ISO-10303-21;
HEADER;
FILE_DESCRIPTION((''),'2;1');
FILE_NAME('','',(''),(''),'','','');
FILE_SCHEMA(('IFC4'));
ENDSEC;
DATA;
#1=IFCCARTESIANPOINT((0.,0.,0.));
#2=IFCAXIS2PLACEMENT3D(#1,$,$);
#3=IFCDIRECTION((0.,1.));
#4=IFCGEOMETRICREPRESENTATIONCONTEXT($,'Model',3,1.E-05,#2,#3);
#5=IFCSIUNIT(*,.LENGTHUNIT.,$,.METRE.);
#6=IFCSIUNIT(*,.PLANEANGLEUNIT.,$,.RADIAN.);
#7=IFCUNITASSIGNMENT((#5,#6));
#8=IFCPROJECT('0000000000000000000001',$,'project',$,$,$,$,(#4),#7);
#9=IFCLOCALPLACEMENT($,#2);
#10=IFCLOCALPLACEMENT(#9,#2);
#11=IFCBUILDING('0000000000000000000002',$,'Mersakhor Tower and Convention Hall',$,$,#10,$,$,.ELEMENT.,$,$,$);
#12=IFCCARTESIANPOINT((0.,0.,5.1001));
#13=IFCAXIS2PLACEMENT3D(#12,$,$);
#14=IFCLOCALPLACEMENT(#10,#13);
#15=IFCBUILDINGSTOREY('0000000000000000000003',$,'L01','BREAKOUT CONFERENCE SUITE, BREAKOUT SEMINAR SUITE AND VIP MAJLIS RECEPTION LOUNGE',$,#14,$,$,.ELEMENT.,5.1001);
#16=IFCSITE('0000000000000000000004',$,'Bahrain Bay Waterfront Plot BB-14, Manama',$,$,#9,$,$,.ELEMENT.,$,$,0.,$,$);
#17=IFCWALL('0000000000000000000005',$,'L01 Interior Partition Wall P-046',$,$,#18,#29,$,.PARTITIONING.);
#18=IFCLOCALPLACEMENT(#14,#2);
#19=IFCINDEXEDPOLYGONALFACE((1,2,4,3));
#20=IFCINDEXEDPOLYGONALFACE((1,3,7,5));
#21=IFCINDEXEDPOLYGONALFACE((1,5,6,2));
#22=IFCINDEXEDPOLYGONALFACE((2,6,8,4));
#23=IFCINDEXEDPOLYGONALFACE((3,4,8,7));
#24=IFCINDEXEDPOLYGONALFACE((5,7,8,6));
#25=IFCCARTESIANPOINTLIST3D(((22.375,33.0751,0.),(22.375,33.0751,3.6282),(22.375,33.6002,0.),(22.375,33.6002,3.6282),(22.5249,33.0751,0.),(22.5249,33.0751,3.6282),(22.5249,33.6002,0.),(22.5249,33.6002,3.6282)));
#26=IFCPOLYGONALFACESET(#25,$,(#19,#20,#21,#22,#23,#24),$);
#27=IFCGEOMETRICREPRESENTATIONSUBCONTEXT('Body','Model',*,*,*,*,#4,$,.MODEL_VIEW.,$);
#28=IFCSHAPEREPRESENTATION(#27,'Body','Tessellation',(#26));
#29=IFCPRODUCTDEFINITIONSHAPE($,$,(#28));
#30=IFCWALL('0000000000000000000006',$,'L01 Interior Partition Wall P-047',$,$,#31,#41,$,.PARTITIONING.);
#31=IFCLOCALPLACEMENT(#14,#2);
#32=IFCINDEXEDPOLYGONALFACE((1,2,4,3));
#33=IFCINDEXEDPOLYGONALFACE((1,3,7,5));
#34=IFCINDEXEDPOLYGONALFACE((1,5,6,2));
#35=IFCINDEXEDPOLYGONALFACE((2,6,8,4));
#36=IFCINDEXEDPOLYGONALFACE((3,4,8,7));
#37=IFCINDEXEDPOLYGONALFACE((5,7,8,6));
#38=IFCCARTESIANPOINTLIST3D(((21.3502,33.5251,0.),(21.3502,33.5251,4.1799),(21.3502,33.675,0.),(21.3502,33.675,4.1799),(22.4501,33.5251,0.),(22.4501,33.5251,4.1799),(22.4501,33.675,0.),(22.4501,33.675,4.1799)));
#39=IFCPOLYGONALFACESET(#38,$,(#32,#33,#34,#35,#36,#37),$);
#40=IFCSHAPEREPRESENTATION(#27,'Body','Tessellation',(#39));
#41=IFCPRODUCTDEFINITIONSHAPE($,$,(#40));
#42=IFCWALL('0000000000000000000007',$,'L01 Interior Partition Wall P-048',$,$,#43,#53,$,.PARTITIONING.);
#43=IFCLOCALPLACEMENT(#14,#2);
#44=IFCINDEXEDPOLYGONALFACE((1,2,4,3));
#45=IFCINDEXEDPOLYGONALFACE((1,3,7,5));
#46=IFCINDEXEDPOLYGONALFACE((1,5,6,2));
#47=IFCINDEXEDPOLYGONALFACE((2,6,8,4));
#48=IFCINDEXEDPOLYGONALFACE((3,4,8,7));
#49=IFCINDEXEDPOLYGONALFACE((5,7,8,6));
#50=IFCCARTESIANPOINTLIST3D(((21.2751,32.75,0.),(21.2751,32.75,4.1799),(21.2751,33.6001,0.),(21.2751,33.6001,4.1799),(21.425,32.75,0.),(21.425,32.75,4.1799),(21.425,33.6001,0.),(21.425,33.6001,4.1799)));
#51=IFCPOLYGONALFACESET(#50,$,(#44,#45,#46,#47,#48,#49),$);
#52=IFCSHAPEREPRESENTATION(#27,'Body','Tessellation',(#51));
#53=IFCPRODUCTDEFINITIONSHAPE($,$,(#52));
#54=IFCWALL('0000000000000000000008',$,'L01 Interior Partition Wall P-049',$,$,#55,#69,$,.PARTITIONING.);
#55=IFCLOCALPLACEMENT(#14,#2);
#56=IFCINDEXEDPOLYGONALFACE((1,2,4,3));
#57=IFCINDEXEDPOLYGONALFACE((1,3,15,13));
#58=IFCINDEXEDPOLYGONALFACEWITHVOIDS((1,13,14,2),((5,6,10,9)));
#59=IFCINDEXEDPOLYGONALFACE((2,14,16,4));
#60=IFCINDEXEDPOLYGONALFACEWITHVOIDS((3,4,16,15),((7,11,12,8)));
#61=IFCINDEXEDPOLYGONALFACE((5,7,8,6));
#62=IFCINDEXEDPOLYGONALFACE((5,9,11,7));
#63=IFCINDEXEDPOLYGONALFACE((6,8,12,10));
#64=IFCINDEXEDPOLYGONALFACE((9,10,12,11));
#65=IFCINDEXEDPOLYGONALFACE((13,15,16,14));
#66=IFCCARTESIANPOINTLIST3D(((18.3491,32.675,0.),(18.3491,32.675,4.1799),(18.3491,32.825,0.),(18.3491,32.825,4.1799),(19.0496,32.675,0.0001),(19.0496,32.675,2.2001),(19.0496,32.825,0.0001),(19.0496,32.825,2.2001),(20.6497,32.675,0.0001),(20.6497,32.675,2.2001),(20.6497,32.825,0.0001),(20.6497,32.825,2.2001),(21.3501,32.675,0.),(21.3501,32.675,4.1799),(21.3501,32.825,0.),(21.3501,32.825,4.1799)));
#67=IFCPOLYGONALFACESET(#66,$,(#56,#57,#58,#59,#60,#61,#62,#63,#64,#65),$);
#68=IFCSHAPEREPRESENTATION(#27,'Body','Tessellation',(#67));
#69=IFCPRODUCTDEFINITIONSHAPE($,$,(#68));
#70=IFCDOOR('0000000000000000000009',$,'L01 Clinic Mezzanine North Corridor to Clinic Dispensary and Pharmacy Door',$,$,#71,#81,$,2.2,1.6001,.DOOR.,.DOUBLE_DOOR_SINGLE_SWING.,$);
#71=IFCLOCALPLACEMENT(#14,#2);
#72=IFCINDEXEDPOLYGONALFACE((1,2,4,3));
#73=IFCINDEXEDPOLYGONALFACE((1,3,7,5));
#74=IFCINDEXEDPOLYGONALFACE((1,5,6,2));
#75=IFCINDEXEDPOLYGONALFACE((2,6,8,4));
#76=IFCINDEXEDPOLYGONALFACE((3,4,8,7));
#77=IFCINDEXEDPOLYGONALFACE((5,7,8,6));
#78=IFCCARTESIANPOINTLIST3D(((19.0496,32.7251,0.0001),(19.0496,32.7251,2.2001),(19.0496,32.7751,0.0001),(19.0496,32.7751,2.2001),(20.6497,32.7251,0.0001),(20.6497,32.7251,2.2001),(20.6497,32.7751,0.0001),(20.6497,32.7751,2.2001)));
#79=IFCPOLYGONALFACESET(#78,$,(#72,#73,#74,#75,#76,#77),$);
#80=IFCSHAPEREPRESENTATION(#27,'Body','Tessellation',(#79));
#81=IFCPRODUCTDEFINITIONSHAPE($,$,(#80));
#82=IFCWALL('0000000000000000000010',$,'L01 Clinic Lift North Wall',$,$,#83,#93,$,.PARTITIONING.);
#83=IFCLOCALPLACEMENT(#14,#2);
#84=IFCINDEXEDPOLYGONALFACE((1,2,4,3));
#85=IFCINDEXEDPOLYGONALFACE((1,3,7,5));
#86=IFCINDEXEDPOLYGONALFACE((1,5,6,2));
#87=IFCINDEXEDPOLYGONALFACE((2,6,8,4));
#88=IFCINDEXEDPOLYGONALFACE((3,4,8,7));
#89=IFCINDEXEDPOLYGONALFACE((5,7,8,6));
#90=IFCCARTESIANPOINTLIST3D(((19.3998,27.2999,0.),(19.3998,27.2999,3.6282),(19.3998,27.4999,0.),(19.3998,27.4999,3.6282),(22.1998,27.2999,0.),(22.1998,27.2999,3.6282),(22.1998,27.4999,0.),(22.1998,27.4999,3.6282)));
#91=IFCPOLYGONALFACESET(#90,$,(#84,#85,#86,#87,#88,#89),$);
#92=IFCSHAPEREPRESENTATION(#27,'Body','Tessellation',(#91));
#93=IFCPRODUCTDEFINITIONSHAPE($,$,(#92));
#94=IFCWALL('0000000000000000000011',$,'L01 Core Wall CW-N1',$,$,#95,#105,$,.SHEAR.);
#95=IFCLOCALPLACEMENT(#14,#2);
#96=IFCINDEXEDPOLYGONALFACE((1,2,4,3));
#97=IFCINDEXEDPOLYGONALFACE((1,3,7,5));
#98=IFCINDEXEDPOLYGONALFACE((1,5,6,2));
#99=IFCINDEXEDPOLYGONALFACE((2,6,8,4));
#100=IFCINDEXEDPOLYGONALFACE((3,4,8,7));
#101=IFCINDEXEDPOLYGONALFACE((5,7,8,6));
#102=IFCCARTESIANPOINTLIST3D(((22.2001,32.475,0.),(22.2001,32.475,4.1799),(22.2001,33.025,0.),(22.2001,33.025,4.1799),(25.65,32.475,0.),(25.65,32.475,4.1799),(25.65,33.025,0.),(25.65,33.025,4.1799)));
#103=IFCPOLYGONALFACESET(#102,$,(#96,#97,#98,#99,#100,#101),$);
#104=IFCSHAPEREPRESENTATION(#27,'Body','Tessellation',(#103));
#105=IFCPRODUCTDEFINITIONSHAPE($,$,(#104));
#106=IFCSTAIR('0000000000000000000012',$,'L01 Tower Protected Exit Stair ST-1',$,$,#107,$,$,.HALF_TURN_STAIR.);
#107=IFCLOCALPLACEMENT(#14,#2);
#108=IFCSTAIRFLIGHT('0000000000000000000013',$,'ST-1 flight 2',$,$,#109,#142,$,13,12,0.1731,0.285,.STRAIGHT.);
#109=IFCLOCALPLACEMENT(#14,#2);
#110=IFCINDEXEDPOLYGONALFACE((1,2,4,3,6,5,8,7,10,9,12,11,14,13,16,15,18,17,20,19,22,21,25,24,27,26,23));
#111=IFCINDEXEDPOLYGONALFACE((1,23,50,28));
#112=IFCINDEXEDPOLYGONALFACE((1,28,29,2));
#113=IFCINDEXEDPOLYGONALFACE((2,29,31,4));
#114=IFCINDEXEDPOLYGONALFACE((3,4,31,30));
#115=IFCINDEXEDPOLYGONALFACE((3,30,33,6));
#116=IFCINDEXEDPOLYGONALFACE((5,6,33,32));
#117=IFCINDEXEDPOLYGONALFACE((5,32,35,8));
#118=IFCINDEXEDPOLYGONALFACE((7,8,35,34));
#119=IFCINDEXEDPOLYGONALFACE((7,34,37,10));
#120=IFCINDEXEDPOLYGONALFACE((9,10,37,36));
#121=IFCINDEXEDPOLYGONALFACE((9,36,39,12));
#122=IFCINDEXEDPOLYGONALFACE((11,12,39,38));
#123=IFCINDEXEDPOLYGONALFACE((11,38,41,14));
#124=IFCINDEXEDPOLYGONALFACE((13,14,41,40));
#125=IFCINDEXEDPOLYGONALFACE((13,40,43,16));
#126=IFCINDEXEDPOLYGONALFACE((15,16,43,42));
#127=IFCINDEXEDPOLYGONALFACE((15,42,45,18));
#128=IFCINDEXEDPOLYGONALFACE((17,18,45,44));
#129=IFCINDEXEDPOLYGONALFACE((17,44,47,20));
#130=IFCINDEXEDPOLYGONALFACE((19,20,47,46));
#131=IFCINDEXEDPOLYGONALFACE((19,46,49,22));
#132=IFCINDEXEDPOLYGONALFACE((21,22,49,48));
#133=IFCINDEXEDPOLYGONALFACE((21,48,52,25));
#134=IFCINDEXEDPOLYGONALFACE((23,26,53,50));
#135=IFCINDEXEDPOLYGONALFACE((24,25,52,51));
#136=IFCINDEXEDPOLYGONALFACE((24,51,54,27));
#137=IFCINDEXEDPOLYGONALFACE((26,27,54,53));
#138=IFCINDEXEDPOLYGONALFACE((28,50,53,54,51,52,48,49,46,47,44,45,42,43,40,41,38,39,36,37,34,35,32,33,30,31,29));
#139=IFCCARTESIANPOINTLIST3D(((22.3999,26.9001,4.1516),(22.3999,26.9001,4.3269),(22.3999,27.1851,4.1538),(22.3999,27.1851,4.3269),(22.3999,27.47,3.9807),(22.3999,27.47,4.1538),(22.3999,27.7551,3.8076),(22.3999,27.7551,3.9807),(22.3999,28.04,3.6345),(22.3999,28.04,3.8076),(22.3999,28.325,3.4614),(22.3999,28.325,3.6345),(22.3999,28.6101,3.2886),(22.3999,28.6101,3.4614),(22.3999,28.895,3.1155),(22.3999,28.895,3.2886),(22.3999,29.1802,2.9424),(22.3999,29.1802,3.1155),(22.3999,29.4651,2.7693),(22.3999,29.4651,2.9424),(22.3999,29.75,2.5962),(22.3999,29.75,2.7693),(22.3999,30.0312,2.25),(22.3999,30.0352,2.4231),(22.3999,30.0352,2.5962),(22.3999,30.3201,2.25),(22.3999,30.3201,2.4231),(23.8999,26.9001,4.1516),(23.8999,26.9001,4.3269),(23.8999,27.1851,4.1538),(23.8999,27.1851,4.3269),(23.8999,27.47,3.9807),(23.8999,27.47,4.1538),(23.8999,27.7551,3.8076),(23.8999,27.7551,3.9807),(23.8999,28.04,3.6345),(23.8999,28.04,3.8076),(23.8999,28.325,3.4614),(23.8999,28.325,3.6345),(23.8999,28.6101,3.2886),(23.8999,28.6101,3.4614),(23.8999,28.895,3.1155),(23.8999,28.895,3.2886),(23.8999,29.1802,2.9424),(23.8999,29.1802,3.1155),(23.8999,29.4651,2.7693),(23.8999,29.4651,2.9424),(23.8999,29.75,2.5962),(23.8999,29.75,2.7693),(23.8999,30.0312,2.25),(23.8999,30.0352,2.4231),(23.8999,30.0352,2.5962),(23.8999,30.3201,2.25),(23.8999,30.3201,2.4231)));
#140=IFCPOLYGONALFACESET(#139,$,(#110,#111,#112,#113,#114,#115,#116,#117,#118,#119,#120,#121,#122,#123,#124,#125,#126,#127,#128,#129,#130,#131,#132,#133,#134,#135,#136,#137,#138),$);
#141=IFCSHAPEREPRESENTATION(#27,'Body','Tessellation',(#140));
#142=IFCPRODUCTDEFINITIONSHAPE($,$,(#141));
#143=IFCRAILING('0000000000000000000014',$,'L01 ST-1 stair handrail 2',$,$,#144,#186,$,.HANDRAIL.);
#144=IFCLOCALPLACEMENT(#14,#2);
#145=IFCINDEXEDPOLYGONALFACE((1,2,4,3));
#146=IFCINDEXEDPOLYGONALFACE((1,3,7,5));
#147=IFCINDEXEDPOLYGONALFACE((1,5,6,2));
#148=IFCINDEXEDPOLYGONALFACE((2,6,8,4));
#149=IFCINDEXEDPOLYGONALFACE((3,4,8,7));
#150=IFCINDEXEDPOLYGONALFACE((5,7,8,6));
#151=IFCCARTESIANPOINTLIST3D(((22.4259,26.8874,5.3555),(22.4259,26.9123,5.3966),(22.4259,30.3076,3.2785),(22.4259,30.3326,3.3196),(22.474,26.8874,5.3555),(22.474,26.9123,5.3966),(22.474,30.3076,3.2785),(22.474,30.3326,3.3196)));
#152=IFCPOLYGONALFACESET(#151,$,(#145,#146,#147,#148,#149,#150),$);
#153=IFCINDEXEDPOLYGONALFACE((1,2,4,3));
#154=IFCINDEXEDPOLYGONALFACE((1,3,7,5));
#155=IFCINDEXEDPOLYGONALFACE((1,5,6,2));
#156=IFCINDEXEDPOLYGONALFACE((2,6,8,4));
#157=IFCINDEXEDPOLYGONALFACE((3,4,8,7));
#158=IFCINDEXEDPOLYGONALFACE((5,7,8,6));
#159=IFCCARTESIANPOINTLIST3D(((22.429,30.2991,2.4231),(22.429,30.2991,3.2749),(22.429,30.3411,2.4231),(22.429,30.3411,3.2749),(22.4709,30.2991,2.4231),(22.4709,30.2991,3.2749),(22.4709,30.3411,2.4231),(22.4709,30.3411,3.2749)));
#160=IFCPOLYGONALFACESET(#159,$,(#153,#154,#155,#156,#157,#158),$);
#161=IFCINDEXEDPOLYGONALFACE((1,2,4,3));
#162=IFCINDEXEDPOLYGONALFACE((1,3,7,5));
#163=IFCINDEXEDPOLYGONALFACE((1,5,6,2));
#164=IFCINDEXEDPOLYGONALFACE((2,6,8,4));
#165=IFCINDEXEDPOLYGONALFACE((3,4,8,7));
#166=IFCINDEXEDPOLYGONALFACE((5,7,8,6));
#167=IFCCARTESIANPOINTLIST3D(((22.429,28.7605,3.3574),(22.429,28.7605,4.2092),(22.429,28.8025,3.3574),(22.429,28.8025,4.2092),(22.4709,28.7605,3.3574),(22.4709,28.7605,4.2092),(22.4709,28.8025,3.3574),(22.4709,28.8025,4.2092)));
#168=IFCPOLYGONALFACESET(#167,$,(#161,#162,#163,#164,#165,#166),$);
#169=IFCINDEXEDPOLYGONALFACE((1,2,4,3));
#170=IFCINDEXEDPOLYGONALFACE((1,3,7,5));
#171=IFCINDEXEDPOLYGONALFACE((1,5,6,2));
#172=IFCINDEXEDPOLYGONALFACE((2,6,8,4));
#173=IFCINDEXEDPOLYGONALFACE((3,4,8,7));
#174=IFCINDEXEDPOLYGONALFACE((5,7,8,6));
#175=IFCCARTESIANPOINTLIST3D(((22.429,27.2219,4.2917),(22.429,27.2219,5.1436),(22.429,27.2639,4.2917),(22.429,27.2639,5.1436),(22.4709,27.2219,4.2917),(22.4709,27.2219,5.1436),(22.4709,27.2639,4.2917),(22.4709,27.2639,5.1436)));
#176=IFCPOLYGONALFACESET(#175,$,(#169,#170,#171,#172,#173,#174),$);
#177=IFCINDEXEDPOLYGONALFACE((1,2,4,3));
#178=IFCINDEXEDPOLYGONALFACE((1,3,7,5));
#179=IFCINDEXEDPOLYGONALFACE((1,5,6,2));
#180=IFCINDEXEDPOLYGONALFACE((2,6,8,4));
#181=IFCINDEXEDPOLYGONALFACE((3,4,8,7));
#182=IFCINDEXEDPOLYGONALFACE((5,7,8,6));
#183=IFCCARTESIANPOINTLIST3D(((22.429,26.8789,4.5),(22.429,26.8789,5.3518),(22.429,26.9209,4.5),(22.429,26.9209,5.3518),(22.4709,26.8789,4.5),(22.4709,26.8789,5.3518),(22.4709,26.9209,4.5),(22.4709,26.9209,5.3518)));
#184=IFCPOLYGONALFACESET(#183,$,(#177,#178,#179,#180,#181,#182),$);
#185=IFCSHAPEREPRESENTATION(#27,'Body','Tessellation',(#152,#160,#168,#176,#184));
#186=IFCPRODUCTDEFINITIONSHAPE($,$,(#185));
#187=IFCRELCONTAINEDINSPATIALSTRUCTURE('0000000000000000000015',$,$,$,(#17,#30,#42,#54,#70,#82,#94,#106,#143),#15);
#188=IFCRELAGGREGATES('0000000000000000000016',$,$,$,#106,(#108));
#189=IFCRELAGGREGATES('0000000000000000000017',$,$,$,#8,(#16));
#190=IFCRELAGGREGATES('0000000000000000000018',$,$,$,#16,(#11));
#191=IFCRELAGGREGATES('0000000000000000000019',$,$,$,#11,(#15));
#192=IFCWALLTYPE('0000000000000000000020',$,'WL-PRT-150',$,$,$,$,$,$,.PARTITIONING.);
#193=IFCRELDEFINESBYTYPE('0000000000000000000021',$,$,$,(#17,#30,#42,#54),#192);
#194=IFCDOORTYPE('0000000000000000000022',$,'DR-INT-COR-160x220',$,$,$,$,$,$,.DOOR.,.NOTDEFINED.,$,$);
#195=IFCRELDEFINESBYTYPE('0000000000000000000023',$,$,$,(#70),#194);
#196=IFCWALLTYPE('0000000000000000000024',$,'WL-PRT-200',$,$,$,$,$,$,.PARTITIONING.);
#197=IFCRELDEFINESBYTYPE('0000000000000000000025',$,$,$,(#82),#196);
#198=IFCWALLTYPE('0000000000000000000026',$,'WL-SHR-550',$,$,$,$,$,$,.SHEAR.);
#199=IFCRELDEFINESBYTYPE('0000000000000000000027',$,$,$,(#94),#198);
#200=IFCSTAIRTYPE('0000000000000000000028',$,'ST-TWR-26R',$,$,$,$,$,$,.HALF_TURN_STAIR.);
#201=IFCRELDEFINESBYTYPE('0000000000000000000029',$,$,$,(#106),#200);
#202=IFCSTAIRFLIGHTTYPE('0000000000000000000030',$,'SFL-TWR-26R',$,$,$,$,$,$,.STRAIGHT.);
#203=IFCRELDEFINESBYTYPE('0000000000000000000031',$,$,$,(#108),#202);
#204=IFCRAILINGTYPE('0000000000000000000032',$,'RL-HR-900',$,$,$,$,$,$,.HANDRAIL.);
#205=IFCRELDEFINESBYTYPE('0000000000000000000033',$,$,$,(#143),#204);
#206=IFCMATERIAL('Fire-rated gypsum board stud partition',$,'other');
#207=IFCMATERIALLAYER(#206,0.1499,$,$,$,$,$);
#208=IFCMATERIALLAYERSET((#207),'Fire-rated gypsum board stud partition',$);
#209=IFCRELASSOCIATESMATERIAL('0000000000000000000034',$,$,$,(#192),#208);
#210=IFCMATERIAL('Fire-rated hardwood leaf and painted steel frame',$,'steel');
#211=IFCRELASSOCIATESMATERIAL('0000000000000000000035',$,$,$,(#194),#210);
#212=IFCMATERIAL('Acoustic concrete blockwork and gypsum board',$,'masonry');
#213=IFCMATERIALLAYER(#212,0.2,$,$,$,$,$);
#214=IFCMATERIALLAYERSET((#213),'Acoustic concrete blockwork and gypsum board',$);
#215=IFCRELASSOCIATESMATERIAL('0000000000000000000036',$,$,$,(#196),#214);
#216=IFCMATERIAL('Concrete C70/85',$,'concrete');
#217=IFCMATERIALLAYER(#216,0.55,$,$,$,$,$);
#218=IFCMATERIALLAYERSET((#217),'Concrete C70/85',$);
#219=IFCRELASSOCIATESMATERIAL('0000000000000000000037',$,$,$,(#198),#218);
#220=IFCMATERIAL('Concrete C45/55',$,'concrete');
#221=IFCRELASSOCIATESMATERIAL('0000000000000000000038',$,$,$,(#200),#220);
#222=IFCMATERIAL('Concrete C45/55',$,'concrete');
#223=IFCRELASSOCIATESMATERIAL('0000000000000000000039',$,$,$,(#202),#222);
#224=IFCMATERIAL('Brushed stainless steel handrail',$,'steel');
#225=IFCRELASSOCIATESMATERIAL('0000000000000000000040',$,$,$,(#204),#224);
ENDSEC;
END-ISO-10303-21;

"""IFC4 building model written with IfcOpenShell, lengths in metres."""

from ifc_helpers import new_model, si_unit, direction, frame, frame_2d, origin, origin_2d, place, context, subcontext, project, spatial, polyline, rectangle, outline, extrude, material, layer, layer_set, type_object, element, fill, aggregate, save


model = new_model("IFC4")

# Units and contexts
model_context = context("Model", 3, precision=1e-05, world=origin(), true_north=direction((0.0, 1.0)))
body_context = subcontext(model_context, "Body", "Model", "MODEL_VIEW")
ifc_project = project(units=[si_unit("LENGTHUNIT", "METRE"), si_unit("PLANEANGLEUNIT", "RADIAN")], contexts=[model_context])

# Site, building, storey
site_placement = place(None, origin())
site = spatial("IfcSite", under=ifc_project, at=site_placement, Name="Bahrain Bay Waterfront Plot BB-14, Manama", CompositionType="ELEMENT", RefElevation=0.0)
building_placement = place(site_placement, origin())
building = spatial("IfcBuilding", under=site, at=building_placement, Name="Mersakhor Tower and Convention Hall", CompositionType="ELEMENT")
storey_placement = place(building_placement, frame((0.0, 0.0, 5.1001)))
storey = spatial("IfcBuildingStorey", under=building, at=storey_placement, Name="L01", Description="BREAKOUT CONFERENCE SUITE, BREAKOUT SEMINAR SUITE AND VIP MAJLIS RECEPTION LOUNGE", CompositionType="ELEMENT", Elevation=5.1001)

# Walls
ifc_material_1 = material(Name="Fire-rated gypsum board stud partition", Category="other")
ifc_layer_1 = layer(ifc_material_1, 0.1499)
ifc_layer_set_1 = layer_set([ifc_layer_1], Name="Fire-rated gypsum board stud partition")
wall_type_1 = type_object("IfcWallType", Name="WL-PRT-150", PredefinedType="PARTITIONING", material=ifc_layer_set_1)
wall_1_placement = place(storey_placement, frame((22.45, 33.075, 0.0), z_axis=(0.0, 0.0, 1.0), x_axis=(0.0, 1.0, 0.0)))
element("IfcWall", 1, at=wall_1_placement, inside=storey, type_object=wall_type_1, Name="L01 Interior Partition Wall P-046", PredefinedType="PARTITIONING", context=body_context, shape_type="SweptSolid", body=[
    extrude(rectangle(XDim=0.5251, YDim=0.1499, at=frame_2d((0.2627, 0.0))), origin(), (0.0, 0.0, 1.0), 3.6282),
])
wall_2_placement = place(storey_placement, frame((22.45, 33.6001, 0.0), z_axis=(0.0, 0.0, 1.0), x_axis=(-1.0, 0.0, 0.0)))
element("IfcWall", 2, at=wall_2_placement, inside=storey, type_object=wall_type_1, Name="L01 Interior Partition Wall P-047", PredefinedType="PARTITIONING", context=body_context, shape_type="SweptSolid", body=[
    extrude(rectangle(XDim=1.0999, YDim=0.1499, at=frame_2d((0.5498, 0.0))), origin(), (0.0, 0.0, 1.0), 4.1799),
])
wall_3_placement = place(storey_placement, frame((21.3501, 33.6001, 0.0), z_axis=(0.0, 0.0, 1.0), x_axis=(0.0, -1.0, 0.0)))
element("IfcWall", 3, at=wall_3_placement, inside=storey, type_object=wall_type_1, Name="L01 Interior Partition Wall P-048", PredefinedType="PARTITIONING", context=body_context, shape_type="SweptSolid", body=[
    extrude(rectangle(XDim=0.8501, YDim=0.1499, at=frame_2d((0.425, 0.0))), origin(), (0.0, 0.0, 1.0), 4.1799),
])

# Wall, opening, door
wall_4_placement = place(storey_placement, frame((21.3501, 32.75, 0.0), z_axis=(0.0, 0.0, 1.0), x_axis=(-1.0, 0.0, 0.0)))
wall_4 = element("IfcWall", 4, at=wall_4_placement, inside=storey, type_object=wall_type_1, Name="L01 Interior Partition Wall P-049", PredefinedType="PARTITIONING", context=body_context, shape_type="SweptSolid", body=[
    extrude(rectangle(XDim=3.001, YDim=0.1499, at=frame_2d((1.5005, 0.0))), origin(), (0.0, 0.0, 1.0), 4.1799),
])
opening_placement = place(wall_4_placement, frame((0.7004, 0.0, 0.0)))
opening = element("IfcOpeningElement", 5, at=opening_placement, cuts=wall_4, PredefinedType="OPENING", context=body_context, shape_type="SweptSolid", body=[
    extrude(rectangle(XDim=1.6001, YDim=2.2, at=frame_2d((0.8, 1.1001))), frame((0.0, 0.085, 0.0), z_axis=(0.0, -1.0, 0.0), x_axis=(1.0, 0.0, 0.0)), (0.0, 0.0, 1.0), 0.1699),
])
ifc_material_2 = material(Name="Fire-rated hardwood leaf and painted steel frame", Category="steel")
door_type = type_object("IfcDoorType", Name="DR-INT-COR-160x220", OperationType="NOTDEFINED", PredefinedType="DOOR", material=ifc_material_2)
door_placement = place(opening_placement, origin())
door = element("IfcDoor", 6, at=door_placement, inside=storey, type_object=door_type, Name="L01 Clinic Mezzanine North Corridor to Clinic Dispensary and Pharmacy Door", OperationType="DOUBLE_DOOR_SINGLE_SWING", OverallHeight=2.2, OverallWidth=1.6001, PredefinedType="DOOR", context=body_context, shape_type="SweptSolid", body=[
    extrude(rectangle(XDim=1.6001, YDim=2.2, at=frame_2d((0.8, 1.1001))), frame((0.0, 0.0249, 0.0), z_axis=(0.0, -1.0, 0.0), x_axis=(1.0, 0.0, 0.0)), (0.0, 0.0, 1.0), 0.05),
])
fill(opening, door)

# Walls
ifc_material_3 = material(Name="Acoustic concrete blockwork and gypsum board", Category="masonry")
ifc_layer_2 = layer(ifc_material_3, 0.2)
ifc_layer_set_2 = layer_set([ifc_layer_2], Name="Acoustic concrete blockwork and gypsum board")
wall_type_2 = type_object("IfcWallType", Name="WL-PRT-200", PredefinedType="PARTITIONING", material=ifc_layer_set_2)
wall_5_placement = place(storey_placement, frame((19.3999, 27.3999, 0.0), z_axis=(0.0, 0.0, 1.0), x_axis=(1.0, 0.0, 0.0)))
element("IfcWall", 7, at=wall_5_placement, inside=storey, type_object=wall_type_2, Name="L01 Clinic Lift North Wall", PredefinedType="PARTITIONING", context=body_context, shape_type="SweptSolid", body=[
    extrude(rectangle(XDim=2.8, YDim=0.2, at=frame_2d((1.3999, 0.0))), origin(), (0.0, 0.0, 1.0), 3.6282),
])
ifc_material_4 = material(Name="Concrete C70/85", Category="concrete")
ifc_layer_3 = layer(ifc_material_4, 0.55)
ifc_layer_set_3 = layer_set([ifc_layer_3], Name="Concrete C70/85")
wall_type_3 = type_object("IfcWallType", Name="WL-SHR-550", PredefinedType="SHEAR", material=ifc_layer_set_3)
wall_6_placement = place(storey_placement, frame((22.2, 32.75, 0.0), z_axis=(0.0, 0.0, 1.0), x_axis=(1.0, 0.0, 0.0)))
element("IfcWall", 8, at=wall_6_placement, inside=storey, type_object=wall_type_3, Name="L01 Core Wall CW-N1", PredefinedType="SHEAR", context=body_context, shape_type="SweptSolid", body=[
    extrude(rectangle(XDim=3.45, YDim=0.55, at=frame_2d((1.7251, 0.0))), origin(), (0.0, 0.0, 1.0), 4.1799),
])

# Stair, stair flight
ifc_material_5 = material(Name="Concrete C45/55", Category="concrete")
stair_type = type_object("IfcStairType", Name="ST-TWR-26R", PredefinedType="HALF_TURN_STAIR", material=ifc_material_5)
stair_placement = place(storey_placement, origin())
stair = element("IfcStair", 9, at=stair_placement, inside=storey, type_object=stair_type, Name="L01 Tower Protected Exit Stair ST-1", PredefinedType="HALF_TURN_STAIR")
ifc_material_6 = material(Name="Concrete C45/55", Category="concrete")
stair_flight_type = type_object("IfcStairFlightType", Name="SFL-TWR-26R", PredefinedType="STRAIGHT", material=ifc_material_6)
stair_flight_placement = place(storey_placement, frame((23.1499, 30.3201, 2.25), z_axis=(0.0, 0.0, 1.0), x_axis=(0.0, -1.0, 0.0)))
stair_flight = element("IfcStairFlight", 10, at=stair_flight_placement, type_object=stair_flight_type, Name="ST-1 flight 2", NumberOfRisers=13, NumberOfTreads=12, PredefinedType="STRAIGHT", RiserHeight=0.1731, TreadLength=0.285, context=body_context, shape_type="SweptSolid", body=[
    extrude(outline(polyline([(0.0, 0.0), (0.0, 0.1731), (0.2849, 0.1731), (0.2849, 0.3462), (0.5701, 0.3462), (0.5701, 0.5193), (0.855, 0.5193), (0.855, 0.6924), (1.1399, 0.6924), (1.1399, 0.8655), (1.425, 0.8655), (1.425, 1.0386), (1.71, 1.0386), (1.71, 1.2114), (1.9951, 1.2114), (1.9951, 1.3845), (2.28, 1.3845), (2.28, 1.5576), (2.5649, 1.5576), (2.5649, 1.7307), (2.8501, 1.7307), (2.8501, 1.9038), (3.135, 1.9038), (3.135, 2.0769), (3.4199, 2.0769), (3.4199, 2.25), (3.4199, 1.9016), (0.2888, 0.0), (0.0, 0.0)])), frame((0.0, 0.75, 0.0), z_axis=(0.0, -1.0, 0.0), x_axis=(1.0, 0.0, 0.0)), (0.0, 0.0, 1.0), 1.5),
])
aggregate(stair, [stair_flight])

# Railing
ifc_material_7 = material(Name="Brushed stainless steel handrail", Category="steel")
railing_type_1 = type_object("IfcRailingType", Name="RL-HR-900", PredefinedType="HANDRAIL", material=ifc_material_7)
railing_1_placement = place(storey_placement, frame((22.45, 30.3201, 2.4231)))
element("IfcRailing", 11, at=railing_1_placement, inside=storey, type_object=railing_type_1, Name="L01 ST-1 stair handrail 2", PredefinedType="HANDRAIL", context=body_context, shape_type="SweptSolid", body=[
    extrude(rectangle(XDim=0.0481, YDim=0.0481, at=origin_2d()), frame((0.0, 0.0, 0.876), z_axis=(0.0, -0.854746, 0.519047), x_axis=(1.0, 0.0, 0.0)), (0.0, 0.0, 1.0), 4.0015),
    extrude(rectangle(XDim=0.042, YDim=0.042, at=origin_2d()), origin(), (0.0, 0.0, 1.0), 0.8518),
    extrude(rectangle(XDim=0.042, YDim=0.042, at=origin_2d()), frame((0.0, -1.5386, 0.9343)), (0.0, 0.0, 1.0), 0.8518),
    extrude(rectangle(XDim=0.042, YDim=0.042, at=origin_2d()), frame((0.0, -3.0771, 1.8687)), (0.0, 0.0, 1.0), 0.8518),
    extrude(rectangle(XDim=0.042, YDim=0.042, at=origin_2d()), frame((0.0, -3.4202, 2.0769)), (0.0, 0.0, 1.0), 0.8518),
])

save(model, "model.ifc")
